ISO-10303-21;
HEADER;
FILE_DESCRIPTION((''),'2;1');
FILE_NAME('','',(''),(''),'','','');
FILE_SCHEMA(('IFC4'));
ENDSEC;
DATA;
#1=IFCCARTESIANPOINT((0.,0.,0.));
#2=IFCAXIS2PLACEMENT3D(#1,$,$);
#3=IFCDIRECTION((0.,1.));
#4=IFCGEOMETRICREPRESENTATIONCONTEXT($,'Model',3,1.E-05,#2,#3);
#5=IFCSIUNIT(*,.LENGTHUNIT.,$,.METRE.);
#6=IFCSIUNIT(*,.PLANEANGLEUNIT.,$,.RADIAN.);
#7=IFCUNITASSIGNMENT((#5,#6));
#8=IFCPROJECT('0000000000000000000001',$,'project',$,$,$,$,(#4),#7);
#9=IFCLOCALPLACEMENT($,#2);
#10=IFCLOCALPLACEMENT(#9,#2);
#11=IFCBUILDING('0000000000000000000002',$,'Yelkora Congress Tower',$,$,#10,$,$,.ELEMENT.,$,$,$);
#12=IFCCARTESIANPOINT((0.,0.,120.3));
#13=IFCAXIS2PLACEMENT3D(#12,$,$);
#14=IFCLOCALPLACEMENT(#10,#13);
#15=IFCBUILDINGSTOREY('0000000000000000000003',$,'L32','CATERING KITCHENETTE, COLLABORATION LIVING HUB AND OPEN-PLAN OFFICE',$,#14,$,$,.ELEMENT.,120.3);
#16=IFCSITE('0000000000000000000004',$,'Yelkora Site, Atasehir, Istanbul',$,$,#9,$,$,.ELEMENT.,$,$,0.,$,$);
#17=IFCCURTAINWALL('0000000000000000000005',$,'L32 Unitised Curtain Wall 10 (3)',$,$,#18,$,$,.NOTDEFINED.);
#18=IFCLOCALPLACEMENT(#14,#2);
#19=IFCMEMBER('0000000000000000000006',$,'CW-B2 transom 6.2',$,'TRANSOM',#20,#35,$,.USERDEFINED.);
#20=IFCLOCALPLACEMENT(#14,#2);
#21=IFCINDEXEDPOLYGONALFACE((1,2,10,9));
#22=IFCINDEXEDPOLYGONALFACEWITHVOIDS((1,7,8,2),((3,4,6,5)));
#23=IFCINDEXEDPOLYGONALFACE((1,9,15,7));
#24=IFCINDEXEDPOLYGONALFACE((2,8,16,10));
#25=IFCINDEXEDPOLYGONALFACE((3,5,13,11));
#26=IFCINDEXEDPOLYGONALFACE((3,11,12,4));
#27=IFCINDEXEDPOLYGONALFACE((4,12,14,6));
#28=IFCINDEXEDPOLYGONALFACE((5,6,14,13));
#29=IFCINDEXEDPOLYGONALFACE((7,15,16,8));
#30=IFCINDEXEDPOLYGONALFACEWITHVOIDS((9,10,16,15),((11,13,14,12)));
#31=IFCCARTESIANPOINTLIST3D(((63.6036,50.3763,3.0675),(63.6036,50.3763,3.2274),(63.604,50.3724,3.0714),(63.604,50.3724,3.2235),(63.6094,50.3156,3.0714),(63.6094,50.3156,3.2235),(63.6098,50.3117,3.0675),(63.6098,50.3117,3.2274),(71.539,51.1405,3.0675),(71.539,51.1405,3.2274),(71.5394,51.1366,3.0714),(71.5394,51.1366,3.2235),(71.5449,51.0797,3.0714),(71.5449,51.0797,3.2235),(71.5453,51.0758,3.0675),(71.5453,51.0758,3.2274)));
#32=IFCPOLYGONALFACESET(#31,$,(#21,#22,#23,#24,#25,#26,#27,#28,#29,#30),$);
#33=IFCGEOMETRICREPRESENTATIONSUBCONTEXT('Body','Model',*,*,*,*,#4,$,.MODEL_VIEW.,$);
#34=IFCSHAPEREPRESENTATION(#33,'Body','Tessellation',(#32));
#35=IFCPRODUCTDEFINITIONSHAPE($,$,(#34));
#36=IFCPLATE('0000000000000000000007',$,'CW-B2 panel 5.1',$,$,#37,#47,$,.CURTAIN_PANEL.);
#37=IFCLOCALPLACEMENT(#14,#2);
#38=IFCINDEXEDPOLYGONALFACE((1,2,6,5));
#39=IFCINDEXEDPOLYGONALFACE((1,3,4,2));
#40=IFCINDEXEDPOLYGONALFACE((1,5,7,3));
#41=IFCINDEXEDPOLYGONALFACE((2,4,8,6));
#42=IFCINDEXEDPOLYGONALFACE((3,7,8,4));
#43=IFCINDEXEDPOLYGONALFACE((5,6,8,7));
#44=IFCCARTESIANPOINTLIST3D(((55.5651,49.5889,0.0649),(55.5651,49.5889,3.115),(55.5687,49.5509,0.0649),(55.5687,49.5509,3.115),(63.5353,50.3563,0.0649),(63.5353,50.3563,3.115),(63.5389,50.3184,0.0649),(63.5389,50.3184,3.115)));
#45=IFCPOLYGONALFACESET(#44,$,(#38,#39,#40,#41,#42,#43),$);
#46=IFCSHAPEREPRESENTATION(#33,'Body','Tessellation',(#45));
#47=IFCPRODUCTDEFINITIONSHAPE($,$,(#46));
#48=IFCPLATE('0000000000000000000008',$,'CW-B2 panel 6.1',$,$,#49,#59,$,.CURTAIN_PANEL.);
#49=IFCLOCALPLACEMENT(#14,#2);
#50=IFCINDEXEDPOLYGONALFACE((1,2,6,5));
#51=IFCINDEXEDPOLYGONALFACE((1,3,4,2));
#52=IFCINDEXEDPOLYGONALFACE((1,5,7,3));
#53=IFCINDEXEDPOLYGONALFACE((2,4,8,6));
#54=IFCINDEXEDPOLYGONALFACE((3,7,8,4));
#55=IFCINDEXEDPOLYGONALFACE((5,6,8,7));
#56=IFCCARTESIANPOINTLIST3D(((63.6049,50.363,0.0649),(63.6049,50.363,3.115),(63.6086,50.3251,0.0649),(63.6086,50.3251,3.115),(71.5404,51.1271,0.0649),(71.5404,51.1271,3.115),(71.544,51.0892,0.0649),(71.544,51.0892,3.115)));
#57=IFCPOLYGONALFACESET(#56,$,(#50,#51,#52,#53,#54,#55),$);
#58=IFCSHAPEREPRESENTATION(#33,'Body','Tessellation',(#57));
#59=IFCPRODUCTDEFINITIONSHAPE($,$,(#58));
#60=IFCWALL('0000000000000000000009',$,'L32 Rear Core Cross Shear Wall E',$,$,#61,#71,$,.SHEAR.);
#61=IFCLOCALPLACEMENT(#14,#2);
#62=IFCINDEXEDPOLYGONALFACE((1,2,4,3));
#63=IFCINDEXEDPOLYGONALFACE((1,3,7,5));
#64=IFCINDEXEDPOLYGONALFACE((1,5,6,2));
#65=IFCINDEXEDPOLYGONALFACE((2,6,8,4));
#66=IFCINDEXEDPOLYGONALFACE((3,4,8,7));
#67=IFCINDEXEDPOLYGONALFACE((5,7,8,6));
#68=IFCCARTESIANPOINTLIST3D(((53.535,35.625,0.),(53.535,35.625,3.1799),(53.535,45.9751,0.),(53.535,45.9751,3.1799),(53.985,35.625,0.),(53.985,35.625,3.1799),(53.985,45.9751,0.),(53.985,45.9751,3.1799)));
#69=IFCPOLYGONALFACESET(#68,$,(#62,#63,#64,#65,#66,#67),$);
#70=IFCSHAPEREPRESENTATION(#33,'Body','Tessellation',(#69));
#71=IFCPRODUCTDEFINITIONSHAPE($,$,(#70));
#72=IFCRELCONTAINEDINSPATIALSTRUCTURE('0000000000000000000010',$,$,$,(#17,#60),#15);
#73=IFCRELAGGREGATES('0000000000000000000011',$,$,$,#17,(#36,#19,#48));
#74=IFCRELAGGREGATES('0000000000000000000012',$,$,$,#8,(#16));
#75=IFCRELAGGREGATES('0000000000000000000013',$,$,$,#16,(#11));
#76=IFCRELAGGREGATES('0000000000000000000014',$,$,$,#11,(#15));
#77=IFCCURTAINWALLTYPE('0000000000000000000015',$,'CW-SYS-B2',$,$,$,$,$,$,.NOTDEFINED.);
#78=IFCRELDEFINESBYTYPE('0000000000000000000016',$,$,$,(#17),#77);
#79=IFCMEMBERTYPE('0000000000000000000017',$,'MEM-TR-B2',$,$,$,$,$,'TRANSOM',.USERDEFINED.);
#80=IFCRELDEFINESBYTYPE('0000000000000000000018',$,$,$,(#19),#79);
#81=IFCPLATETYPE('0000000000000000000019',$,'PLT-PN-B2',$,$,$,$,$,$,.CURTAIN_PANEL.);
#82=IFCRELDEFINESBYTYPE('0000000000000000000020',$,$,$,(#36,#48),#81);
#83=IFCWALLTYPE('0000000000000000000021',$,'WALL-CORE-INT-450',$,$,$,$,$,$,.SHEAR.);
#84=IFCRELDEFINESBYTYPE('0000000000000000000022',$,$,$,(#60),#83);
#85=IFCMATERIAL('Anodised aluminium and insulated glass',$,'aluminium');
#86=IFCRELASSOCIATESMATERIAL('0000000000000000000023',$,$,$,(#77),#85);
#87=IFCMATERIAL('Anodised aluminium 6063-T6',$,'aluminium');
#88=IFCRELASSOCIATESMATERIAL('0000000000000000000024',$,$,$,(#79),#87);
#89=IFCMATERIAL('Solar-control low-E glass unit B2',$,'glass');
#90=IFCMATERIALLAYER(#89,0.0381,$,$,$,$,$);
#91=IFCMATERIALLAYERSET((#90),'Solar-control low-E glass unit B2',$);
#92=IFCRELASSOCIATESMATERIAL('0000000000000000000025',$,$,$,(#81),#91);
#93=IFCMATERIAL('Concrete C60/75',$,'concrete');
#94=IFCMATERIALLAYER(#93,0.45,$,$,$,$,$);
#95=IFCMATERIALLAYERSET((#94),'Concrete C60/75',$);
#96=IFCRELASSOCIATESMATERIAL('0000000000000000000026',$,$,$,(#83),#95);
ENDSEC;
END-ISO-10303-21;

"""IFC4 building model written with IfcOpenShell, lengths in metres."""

from ifc_helpers import new_model, si_unit, direction, frame, frame_2d, origin, origin_2d, place, context, subcontext, project, spatial, rectangle, hollow_rectangle, extrude, material, layer, layer_set, material_profile, profile_set, type_object, element, aggregate, save


model = new_model("IFC4")

# Units and contexts
model_context = context("Model", 3, precision=1e-05, world=origin(), true_north=direction((0.0, 1.0)))
body_context = subcontext(model_context, "Body", "Model", "MODEL_VIEW")
ifc_project = project(units=[si_unit("LENGTHUNIT", "METRE"), si_unit("PLANEANGLEUNIT", "RADIAN")], contexts=[model_context])

# Site, building, storey
site_placement = place(None, origin())
site = spatial("IfcSite", under=ifc_project, at=site_placement, Name="Yelkora Site, Atasehir, Istanbul", CompositionType="ELEMENT", RefElevation=0.0)
building_placement = place(site_placement, origin())
building = spatial("IfcBuilding", under=site, at=building_placement, Name="Yelkora Congress Tower", CompositionType="ELEMENT")
storey_placement = place(building_placement, frame((0.0, 0.0, 120.3)))
storey = spatial("IfcBuildingStorey", under=building, at=storey_placement, Name="L32", Description="CATERING KITCHENETTE, COLLABORATION LIVING HUB AND OPEN-PLAN OFFICE", CompositionType="ELEMENT", Elevation=120.3)

# Curtain wall, member, plates
ifc_material_1 = material(Name="Anodised aluminium and insulated glass", Category="aluminium")
curtain_wall_type = type_object("IfcCurtainWallType", Name="CW-SYS-B2", PredefinedType="NOTDEFINED", material=ifc_material_1)
curtain_wall_placement = place(storey_placement, origin())
curtain_wall = element("IfcCurtainWall", 1, at=curtain_wall_placement, inside=storey, type_object=curtain_wall_type, Name="L32 Unitised Curtain Wall 10 (3)", PredefinedType="NOTDEFINED")
ifc_material_2 = material(Name="Anodised aluminium 6063-T6", Category="aluminium")
ifc_material_profile_1 = material_profile(ifc_material_2, hollow_rectangle(XDim=0.0649, YDim=0.1599, WallThickness=0.0039, at=origin_2d()), Name="ALU 65x160x4")
ifc_profile_set_1 = profile_set([ifc_material_profile_1], Name="Anodised aluminium 6063-T6")
member_type_1 = type_object("IfcMemberType", Name="MEM-TR-B2", ElementType="TRANSOM", PredefinedType="USERDEFINED", material=ifc_profile_set_1)
member_1_placement = place(storey_placement, frame((63.6067, 50.344, 3.1475), z_axis=(0.995396, 0.095852, 0.0), x_axis=(-0.095852, 0.995396, 0.0)))
member_1 = element("IfcMember", 2, at=member_1_placement, type_object=member_type_1, Name="CW-B2 transom 6.2", ObjectType="TRANSOM", PredefinedType="USERDEFINED", context=body_context, shape_type="SweptSolid", body=[
    extrude(hollow_rectangle(XDim=0.0649, YDim=0.1599, WallThickness=0.0039, at=origin_2d()), origin(), (0.0, 0.0, 1.0), 7.9722),
])
ifc_material_3 = material(Name="Solar-control low-E glass unit B2", Category="glass")
ifc_layer_1 = layer(ifc_material_3, 0.0381)
ifc_layer_set_1 = layer_set([ifc_layer_1], Name="Solar-control low-E glass unit B2")
plate_type = type_object("IfcPlateType", Name="PLT-PN-B2", PredefinedType="CURTAIN_PANEL", material=ifc_layer_set_1)
plate_1_placement = place(storey_placement, frame((59.552, 49.9536, 0.0649), z_axis=(0.0, 0.0, 1.0), x_axis=(0.995396, 0.095844, 0.0)))
plate_1 = element("IfcPlate", 3, at=plate_1_placement, type_object=plate_type, Name="CW-B2 panel 5.1", PredefinedType="CURTAIN_PANEL", context=body_context, shape_type="SweptSolid", body=[
    extrude(rectangle(XDim=8.0071, YDim=0.0381, at=origin_2d()), origin(), (0.0, 0.0, 1.0), 3.05),
])
plate_2_placement = place(storey_placement, frame((67.5745, 50.7261, 0.0649), z_axis=(0.0, 0.0, 1.0), x_axis=(0.995396, 0.095844, 0.0)))
plate_2 = element("IfcPlate", 4, at=plate_2_placement, type_object=plate_type, Name="CW-B2 panel 6.1", PredefinedType="CURTAIN_PANEL", context=body_context, shape_type="SweptSolid", body=[
    extrude(rectangle(XDim=7.9722, YDim=0.0381, at=origin_2d()), origin(), (0.0, 0.0, 1.0), 3.05),
])
aggregate(curtain_wall, [plate_1, member_1, plate_2])

# Wall
ifc_material_4 = material(Name="Concrete C60/75", Category="concrete")
ifc_layer_2 = layer(ifc_material_4, 0.45)
ifc_layer_set_2 = layer_set([ifc_layer_2], Name="Concrete C60/75")
wall_type = type_object("IfcWallType", Name="WALL-CORE-INT-450", PredefinedType="SHEAR", material=ifc_layer_set_2)
wall_placement = place(storey_placement, frame((53.76, 35.625, 0.0), z_axis=(0.0, 0.0, 1.0), x_axis=(0.0, 1.0, 0.0)))
element("IfcWall", 5, at=wall_placement, inside=storey, type_object=wall_type, Name="L32 Rear Core Cross Shear Wall E", PredefinedType="SHEAR", context=body_context, shape_type="SweptSolid", body=[
    extrude(rectangle(XDim=10.3501, YDim=0.45, at=frame_2d((5.175, 0.0))), origin(), (0.0, 0.0, 1.0), 3.1799),
])

save(model, "model.ifc")
